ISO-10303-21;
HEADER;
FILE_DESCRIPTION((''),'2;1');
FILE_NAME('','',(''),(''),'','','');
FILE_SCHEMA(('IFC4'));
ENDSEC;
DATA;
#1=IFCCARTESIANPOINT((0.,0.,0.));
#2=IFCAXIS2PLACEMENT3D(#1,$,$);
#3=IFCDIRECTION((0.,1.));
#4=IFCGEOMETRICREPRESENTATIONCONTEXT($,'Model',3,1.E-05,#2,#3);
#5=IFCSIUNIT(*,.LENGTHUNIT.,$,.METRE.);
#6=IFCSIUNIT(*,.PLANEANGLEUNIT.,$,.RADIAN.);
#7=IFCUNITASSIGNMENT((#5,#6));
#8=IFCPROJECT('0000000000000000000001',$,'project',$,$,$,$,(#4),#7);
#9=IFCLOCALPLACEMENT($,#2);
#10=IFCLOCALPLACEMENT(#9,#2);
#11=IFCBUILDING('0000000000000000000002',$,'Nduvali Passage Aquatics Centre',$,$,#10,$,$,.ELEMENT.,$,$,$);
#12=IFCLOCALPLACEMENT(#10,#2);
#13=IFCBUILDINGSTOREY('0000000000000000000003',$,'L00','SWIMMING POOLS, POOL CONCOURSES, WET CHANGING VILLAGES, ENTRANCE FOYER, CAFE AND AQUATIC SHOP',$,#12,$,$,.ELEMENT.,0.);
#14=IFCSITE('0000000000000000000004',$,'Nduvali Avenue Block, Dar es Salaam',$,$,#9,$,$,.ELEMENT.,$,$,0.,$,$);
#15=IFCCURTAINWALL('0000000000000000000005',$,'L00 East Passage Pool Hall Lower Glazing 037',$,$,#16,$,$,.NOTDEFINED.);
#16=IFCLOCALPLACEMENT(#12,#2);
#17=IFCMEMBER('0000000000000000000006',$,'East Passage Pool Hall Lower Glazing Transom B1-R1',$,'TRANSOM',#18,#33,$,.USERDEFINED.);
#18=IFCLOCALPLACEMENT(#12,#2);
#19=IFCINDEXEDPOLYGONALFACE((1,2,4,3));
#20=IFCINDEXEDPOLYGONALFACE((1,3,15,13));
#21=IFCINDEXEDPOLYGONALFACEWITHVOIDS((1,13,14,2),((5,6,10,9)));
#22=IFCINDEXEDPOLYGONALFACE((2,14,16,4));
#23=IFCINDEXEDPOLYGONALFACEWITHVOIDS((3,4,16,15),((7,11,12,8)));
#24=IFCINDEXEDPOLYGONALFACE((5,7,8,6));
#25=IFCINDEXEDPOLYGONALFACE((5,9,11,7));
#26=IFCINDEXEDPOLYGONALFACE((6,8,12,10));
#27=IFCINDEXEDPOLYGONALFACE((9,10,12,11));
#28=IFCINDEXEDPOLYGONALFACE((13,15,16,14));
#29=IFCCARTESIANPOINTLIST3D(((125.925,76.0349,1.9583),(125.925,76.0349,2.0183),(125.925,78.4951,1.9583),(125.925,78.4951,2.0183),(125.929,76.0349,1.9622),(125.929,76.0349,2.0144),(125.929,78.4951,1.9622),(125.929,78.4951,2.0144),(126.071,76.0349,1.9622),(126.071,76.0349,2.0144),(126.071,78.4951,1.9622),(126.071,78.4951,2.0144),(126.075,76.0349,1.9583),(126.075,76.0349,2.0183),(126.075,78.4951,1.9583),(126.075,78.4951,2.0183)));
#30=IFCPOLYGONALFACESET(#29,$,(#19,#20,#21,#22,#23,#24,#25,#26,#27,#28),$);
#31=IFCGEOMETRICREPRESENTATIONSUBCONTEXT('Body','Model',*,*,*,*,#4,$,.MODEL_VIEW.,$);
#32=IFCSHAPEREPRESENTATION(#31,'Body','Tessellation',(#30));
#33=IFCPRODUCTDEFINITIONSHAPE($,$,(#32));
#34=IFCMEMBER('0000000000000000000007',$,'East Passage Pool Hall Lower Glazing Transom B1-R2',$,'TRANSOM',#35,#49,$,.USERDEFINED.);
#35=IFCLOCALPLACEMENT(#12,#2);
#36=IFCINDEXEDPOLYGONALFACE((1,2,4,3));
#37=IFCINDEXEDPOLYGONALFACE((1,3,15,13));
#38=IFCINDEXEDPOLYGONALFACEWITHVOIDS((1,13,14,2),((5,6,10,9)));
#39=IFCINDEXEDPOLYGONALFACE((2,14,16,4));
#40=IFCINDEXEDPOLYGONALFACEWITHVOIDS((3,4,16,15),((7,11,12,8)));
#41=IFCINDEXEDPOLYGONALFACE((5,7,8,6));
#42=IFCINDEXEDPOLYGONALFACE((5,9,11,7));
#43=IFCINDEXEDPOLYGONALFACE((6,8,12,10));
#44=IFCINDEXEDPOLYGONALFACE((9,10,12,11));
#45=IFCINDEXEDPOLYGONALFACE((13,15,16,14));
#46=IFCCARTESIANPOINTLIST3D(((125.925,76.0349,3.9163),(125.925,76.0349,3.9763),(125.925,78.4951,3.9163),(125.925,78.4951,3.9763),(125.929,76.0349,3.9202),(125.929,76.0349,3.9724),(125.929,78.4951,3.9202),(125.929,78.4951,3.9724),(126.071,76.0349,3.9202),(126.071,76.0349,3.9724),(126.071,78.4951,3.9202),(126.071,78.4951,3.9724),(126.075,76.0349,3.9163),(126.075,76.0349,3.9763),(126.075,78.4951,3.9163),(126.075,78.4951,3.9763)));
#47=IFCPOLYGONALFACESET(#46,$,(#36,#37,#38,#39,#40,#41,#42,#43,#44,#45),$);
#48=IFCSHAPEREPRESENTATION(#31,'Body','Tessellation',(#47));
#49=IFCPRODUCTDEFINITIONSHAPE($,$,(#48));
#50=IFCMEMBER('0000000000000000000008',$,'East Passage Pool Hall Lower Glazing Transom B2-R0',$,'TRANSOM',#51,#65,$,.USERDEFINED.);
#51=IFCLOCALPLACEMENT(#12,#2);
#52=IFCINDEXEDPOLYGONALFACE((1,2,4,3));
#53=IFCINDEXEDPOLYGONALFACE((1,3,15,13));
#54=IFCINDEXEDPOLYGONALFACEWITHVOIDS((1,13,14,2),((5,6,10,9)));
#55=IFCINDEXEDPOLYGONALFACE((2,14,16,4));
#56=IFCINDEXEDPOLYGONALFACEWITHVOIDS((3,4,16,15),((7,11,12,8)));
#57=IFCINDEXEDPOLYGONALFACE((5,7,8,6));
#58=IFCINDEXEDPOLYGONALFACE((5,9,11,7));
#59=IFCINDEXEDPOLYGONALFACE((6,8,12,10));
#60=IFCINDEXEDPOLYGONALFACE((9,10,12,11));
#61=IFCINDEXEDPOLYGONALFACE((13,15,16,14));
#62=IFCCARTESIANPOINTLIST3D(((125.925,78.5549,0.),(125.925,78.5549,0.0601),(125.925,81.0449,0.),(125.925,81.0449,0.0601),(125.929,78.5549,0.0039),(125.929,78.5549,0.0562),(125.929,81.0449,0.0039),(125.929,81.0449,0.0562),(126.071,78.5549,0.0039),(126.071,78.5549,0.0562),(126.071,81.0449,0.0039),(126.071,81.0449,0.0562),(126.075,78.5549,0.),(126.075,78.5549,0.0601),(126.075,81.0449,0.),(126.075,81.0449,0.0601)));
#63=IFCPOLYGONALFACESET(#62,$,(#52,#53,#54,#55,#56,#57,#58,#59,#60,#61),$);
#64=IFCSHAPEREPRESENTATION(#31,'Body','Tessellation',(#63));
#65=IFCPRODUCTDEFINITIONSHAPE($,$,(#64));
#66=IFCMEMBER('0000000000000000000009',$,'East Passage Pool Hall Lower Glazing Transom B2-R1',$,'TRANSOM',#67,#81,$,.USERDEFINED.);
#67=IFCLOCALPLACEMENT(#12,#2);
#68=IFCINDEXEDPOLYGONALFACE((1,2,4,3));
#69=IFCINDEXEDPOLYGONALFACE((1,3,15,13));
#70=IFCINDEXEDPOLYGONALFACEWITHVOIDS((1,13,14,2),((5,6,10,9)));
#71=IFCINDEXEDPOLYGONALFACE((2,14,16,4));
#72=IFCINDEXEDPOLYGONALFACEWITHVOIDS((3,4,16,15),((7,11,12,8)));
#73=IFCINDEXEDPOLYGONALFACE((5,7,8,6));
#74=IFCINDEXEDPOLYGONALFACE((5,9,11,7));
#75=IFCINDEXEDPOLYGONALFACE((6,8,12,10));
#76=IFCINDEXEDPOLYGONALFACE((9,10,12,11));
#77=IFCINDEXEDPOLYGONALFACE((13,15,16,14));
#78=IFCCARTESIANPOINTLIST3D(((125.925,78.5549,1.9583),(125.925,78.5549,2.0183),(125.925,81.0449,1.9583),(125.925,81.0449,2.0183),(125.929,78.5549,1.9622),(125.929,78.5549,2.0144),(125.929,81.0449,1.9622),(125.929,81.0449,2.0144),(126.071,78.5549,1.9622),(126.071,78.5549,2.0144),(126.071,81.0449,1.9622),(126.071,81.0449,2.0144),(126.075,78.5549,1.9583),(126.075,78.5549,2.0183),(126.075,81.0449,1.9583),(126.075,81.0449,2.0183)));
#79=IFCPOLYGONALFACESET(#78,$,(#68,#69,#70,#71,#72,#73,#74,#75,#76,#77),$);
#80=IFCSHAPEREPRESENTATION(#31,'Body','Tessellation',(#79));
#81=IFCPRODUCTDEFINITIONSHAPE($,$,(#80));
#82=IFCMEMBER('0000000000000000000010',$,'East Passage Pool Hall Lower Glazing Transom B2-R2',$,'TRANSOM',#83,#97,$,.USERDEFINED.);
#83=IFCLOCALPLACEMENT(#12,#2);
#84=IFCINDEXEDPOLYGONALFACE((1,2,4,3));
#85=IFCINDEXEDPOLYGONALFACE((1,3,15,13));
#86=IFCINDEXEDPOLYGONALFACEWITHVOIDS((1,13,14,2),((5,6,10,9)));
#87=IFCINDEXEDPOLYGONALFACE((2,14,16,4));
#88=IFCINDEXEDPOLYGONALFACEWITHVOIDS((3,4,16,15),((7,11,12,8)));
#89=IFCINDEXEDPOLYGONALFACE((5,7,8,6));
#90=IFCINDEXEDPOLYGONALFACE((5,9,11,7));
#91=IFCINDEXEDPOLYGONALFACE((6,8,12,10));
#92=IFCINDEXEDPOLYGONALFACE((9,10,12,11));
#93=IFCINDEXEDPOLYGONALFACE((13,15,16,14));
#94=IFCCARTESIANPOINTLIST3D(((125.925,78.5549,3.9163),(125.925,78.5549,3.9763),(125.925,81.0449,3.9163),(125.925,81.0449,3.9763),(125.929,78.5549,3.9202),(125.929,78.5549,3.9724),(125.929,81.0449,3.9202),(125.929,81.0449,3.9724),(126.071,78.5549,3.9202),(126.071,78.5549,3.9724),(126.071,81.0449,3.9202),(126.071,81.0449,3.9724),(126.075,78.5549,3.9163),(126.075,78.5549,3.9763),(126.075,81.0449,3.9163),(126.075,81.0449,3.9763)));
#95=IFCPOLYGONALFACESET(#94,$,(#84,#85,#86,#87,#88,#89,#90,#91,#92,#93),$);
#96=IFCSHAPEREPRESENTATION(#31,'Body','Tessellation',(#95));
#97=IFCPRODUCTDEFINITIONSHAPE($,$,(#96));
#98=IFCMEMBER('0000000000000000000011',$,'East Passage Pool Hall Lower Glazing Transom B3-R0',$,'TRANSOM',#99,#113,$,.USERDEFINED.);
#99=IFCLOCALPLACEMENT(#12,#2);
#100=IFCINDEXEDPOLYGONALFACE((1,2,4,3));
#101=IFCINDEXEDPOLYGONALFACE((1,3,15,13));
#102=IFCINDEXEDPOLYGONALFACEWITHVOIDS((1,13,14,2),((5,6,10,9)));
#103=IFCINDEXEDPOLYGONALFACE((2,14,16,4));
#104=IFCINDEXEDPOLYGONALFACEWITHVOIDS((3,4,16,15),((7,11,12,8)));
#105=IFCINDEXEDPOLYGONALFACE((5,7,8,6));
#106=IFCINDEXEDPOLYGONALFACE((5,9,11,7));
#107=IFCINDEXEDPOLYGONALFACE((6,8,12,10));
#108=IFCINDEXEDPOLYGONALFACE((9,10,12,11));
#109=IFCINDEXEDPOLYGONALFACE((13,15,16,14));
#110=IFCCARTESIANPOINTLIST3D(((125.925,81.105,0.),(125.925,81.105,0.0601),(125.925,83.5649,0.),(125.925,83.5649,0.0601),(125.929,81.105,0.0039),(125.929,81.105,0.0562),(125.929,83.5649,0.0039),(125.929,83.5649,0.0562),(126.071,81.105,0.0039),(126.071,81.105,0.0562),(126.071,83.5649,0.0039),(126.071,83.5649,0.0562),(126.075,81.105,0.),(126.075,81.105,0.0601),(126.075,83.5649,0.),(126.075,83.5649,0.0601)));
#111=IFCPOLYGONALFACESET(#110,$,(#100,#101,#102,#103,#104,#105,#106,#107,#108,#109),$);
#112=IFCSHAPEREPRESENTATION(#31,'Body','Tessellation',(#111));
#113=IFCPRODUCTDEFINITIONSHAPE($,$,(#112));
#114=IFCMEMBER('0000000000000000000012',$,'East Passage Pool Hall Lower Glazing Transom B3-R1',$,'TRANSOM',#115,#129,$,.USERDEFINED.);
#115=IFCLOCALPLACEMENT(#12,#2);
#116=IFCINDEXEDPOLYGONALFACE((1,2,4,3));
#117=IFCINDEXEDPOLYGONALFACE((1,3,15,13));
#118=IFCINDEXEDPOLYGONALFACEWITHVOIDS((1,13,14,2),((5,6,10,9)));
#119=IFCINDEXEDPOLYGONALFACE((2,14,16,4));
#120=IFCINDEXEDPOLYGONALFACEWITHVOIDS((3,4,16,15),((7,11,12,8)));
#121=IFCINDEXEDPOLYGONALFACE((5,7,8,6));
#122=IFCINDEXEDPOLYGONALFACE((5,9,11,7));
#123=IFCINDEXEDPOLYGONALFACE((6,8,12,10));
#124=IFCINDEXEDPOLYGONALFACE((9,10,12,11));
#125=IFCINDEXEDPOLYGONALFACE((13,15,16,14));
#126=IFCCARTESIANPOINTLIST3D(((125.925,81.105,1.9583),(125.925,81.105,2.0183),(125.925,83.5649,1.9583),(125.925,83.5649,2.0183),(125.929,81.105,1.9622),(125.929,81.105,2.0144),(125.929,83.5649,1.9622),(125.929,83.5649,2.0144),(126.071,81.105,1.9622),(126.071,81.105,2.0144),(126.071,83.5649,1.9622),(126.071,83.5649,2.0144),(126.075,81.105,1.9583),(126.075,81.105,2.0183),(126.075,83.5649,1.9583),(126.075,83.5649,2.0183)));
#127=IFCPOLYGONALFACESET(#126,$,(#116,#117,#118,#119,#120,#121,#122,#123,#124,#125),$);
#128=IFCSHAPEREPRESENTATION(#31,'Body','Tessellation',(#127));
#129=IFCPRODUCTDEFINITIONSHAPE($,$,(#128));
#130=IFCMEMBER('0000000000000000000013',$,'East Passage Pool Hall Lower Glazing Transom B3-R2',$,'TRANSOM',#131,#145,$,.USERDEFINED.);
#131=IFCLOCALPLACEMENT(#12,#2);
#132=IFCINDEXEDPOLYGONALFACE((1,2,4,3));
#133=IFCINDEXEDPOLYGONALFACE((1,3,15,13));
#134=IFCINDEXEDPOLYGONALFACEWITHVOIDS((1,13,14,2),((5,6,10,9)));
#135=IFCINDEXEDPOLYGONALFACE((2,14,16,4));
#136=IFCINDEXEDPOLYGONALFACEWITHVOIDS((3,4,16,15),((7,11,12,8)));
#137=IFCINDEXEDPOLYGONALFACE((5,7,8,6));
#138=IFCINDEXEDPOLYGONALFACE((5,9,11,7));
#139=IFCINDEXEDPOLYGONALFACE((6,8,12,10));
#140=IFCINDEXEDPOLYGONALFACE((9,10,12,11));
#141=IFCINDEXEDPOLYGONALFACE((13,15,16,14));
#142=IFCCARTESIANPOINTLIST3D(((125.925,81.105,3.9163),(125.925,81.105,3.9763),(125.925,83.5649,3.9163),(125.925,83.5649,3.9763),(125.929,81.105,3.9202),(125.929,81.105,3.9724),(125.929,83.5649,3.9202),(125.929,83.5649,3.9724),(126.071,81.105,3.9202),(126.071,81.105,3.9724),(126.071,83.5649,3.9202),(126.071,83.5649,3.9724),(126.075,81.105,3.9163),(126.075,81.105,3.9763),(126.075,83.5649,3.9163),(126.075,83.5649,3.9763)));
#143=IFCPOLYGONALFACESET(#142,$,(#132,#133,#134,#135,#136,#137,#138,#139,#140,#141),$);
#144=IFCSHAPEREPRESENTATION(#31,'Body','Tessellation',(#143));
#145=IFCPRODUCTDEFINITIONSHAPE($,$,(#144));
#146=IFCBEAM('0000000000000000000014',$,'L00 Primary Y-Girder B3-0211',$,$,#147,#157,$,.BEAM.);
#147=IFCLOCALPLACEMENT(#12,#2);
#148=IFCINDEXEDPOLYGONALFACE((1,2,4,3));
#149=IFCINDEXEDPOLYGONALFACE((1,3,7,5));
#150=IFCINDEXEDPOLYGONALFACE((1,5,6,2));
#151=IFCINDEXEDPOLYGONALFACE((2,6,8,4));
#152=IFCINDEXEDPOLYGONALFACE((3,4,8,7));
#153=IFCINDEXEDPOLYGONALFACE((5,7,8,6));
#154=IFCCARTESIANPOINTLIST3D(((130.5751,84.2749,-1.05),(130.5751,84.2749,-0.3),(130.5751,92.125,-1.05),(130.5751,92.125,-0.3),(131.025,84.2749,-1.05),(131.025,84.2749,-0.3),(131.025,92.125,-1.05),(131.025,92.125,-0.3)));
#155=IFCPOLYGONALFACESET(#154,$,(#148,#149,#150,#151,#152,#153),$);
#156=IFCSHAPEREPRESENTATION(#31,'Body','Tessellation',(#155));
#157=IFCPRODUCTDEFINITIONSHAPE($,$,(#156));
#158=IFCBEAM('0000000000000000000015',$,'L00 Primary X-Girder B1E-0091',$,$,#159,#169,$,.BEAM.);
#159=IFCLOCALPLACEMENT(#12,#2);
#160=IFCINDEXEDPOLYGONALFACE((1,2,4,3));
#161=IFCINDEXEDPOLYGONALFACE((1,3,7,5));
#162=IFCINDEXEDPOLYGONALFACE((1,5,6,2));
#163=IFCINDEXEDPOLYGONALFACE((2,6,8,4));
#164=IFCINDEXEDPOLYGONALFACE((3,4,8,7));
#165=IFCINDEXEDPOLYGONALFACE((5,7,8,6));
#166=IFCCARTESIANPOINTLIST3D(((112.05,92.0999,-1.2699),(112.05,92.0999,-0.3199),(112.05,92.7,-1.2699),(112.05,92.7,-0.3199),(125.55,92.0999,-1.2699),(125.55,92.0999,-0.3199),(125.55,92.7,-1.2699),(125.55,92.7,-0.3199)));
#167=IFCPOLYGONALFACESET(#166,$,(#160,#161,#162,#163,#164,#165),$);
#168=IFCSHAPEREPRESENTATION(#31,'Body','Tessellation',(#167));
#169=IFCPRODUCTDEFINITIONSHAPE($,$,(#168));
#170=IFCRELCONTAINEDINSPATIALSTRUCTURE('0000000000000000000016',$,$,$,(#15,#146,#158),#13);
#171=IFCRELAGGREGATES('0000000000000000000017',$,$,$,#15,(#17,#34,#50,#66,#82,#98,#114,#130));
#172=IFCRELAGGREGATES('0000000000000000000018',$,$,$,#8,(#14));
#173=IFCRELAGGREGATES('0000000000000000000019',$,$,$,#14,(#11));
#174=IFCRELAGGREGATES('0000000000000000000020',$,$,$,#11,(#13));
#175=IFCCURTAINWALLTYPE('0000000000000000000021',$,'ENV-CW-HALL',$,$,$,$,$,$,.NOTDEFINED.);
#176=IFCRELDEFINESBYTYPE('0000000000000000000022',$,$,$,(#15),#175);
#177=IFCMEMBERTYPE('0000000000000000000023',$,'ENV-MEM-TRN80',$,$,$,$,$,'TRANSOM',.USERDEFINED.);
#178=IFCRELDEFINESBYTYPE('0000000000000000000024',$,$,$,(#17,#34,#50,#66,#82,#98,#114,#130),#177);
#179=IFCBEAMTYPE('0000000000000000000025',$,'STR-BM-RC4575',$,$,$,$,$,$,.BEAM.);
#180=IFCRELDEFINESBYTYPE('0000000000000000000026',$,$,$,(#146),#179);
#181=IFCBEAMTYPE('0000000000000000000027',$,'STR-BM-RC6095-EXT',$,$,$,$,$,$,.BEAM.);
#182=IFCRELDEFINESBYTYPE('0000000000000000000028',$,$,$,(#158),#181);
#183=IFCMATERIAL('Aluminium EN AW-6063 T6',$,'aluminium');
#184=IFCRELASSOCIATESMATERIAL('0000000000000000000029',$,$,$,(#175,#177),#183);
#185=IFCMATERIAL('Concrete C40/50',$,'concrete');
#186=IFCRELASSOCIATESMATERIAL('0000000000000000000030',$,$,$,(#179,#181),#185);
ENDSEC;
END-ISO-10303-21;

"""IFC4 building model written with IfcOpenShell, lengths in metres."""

from ifc_helpers import new_model, si_unit, direction, frame, origin, origin_2d, place, context, subcontext, project, spatial, rectangle, hollow_rectangle, extrude, material, material_profile, profile_set, type_object, element, aggregate, save


model = new_model("IFC4")

# Units and contexts
model_context = context("Model", 3, precision=1e-05, world=origin(), true_north=direction((0.0, 1.0)))
body_context = subcontext(model_context, "Body", "Model", "MODEL_VIEW")
ifc_project = project(units=[si_unit("LENGTHUNIT", "METRE"), si_unit("PLANEANGLEUNIT", "RADIAN")], contexts=[model_context])

# Site, building, storey
site_placement = place(None, origin())
site = spatial("IfcSite", under=ifc_project, at=site_placement, Name="Nduvali Avenue Block, Dar es Salaam", CompositionType="ELEMENT", RefElevation=0.0)
building_placement = place(site_placement, origin())
building = spatial("IfcBuilding", under=site, at=building_placement, Name="Nduvali Passage Aquatics Centre", CompositionType="ELEMENT")
storey_placement = place(building_placement, origin())
storey = spatial("IfcBuildingStorey", under=building, at=storey_placement, Name="L00", Description="SWIMMING POOLS, POOL CONCOURSES, WET CHANGING VILLAGES, ENTRANCE FOYER, CAFE AND AQUATIC SHOP", CompositionType="ELEMENT", Elevation=0.0)

# Shared definitions
ifc_material_1 = material(Name="Concrete C40/50", Category="concrete")

# Curtain wall, members
ifc_material_2 = material(Name="Aluminium EN AW-6063 T6", Category="aluminium")
curtain_wall_type = type_object("IfcCurtainWallType", Name="ENV-CW-HALL", PredefinedType="NOTDEFINED", material=ifc_material_2)
curtain_wall_placement = place(storey_placement, origin())
curtain_wall = element("IfcCurtainWall", 1, at=curtain_wall_placement, inside=storey, type_object=curtain_wall_type, Name="L00 East Passage Pool Hall Lower Glazing 037", PredefinedType="NOTDEFINED")
ifc_material_profile_1 = material_profile(ifc_material_2, hollow_rectangle(XDim=0.1499, YDim=0.0601, WallThickness=0.0039, at=origin_2d()), Name="ALU TRANSOM 150x60x4")
ifc_profile_set_1 = profile_set([ifc_material_profile_1], Name="Aluminium EN AW-6063 T6")
member_type_1 = type_object("IfcMemberType", Name="ENV-MEM-TRN80", ElementType="TRANSOM", PredefinedType="USERDEFINED", material=ifc_profile_set_1)
member_1_placement = place(storey_placement, frame((126.0, 76.0349, 1.9883), z_axis=(0.0, 1.0, 0.0), x_axis=(-1.0, 0.0, 0.0)))
member_1 = element("IfcMember", 2, at=member_1_placement, type_object=member_type_1, Name="East Passage Pool Hall Lower Glazing Transom B1-R1", ObjectType="TRANSOM", PredefinedType="USERDEFINED", context=body_context, shape_type="SweptSolid", body=[
    extrude(hollow_rectangle(XDim=0.1499, YDim=0.0601, WallThickness=0.0039, at=origin_2d()), origin(), (0.0, 0.0, 1.0), 2.4602),
])
member_2_placement = place(storey_placement, frame((126.0, 76.0349, 3.9463), z_axis=(0.0, 1.0, 0.0), x_axis=(-1.0, 0.0, 0.0)))
member_2 = element("IfcMember", 3, at=member_2_placement, type_object=member_type_1, Name="East Passage Pool Hall Lower Glazing Transom B1-R2", ObjectType="TRANSOM", PredefinedType="USERDEFINED", context=body_context, shape_type="SweptSolid", body=[
    extrude(hollow_rectangle(XDim=0.1499, YDim=0.0601, WallThickness=0.0039, at=origin_2d()), origin(), (0.0, 0.0, 1.0), 2.4602),
])
member_3_placement = place(storey_placement, frame((126.0, 78.5549, 0.03), z_axis=(0.0, 1.0, 0.0), x_axis=(-1.0, 0.0, 0.0)))
member_3 = element("IfcMember", 4, at=member_3_placement, type_object=member_type_1, Name="East Passage Pool Hall Lower Glazing Transom B2-R0", ObjectType="TRANSOM", PredefinedType="USERDEFINED", context=body_context, shape_type="SweptSolid", body=[
    extrude(hollow_rectangle(XDim=0.1499, YDim=0.0601, WallThickness=0.0039, at=origin_2d()), origin(), (0.0, 0.0, 1.0), 2.49),
])
member_4_placement = place(storey_placement, frame((126.0, 78.5549, 1.9883), z_axis=(0.0, 1.0, 0.0), x_axis=(-1.0, 0.0, 0.0)))
member_4 = element("IfcMember", 5, at=member_4_placement, type_object=member_type_1, Name="East Passage Pool Hall Lower Glazing Transom B2-R1", ObjectType="TRANSOM", PredefinedType="USERDEFINED", context=body_context, shape_type="SweptSolid", body=[
    extrude(hollow_rectangle(XDim=0.1499, YDim=0.0601, WallThickness=0.0039, at=origin_2d()), origin(), (0.0, 0.0, 1.0), 2.49),
])
member_5_placement = place(storey_placement, frame((126.0, 78.5549, 3.9463), z_axis=(0.0, 1.0, 0.0), x_axis=(-1.0, 0.0, 0.0)))
member_5 = element("IfcMember", 6, at=member_5_placement, type_object=member_type_1, Name="East Passage Pool Hall Lower Glazing Transom B2-R2", ObjectType="TRANSOM", PredefinedType="USERDEFINED", context=body_context, shape_type="SweptSolid", body=[
    extrude(hollow_rectangle(XDim=0.1499, YDim=0.0601, WallThickness=0.0039, at=origin_2d()), origin(), (0.0, 0.0, 1.0), 2.49),
])
member_6_placement = place(storey_placement, frame((126.0, 81.105, 0.03), z_axis=(0.0, 1.0, 0.0), x_axis=(-1.0, 0.0, 0.0)))
member_6 = element("IfcMember", 7, at=member_6_placement, type_object=member_type_1, Name="East Passage Pool Hall Lower Glazing Transom B3-R0", ObjectType="TRANSOM", PredefinedType="USERDEFINED", context=body_context, shape_type="SweptSolid", body=[
    extrude(hollow_rectangle(XDim=0.1499, YDim=0.0601, WallThickness=0.0039, at=origin_2d()), origin(), (0.0, 0.0, 1.0), 2.46),
])
member_7_placement = place(storey_placement, frame((126.0, 81.105, 1.9883), z_axis=(0.0, 1.0, 0.0), x_axis=(-1.0, 0.0, 0.0)))
member_7 = element("IfcMember", 8, at=member_7_placement, type_object=member_type_1, Name="East Passage Pool Hall Lower Glazing Transom B3-R1", ObjectType="TRANSOM", PredefinedType="USERDEFINED", context=body_context, shape_type="SweptSolid", body=[
    extrude(hollow_rectangle(XDim=0.1499, YDim=0.0601, WallThickness=0.0039, at=origin_2d()), origin(), (0.0, 0.0, 1.0), 2.46),
])
member_8_placement = place(storey_placement, frame((126.0, 81.105, 3.9463), z_axis=(0.0, 1.0, 0.0), x_axis=(-1.0, 0.0, 0.0)))
member_8 = element("IfcMember", 9, at=member_8_placement, type_object=member_type_1, Name="East Passage Pool Hall Lower Glazing Transom B3-R2", ObjectType="TRANSOM", PredefinedType="USERDEFINED", context=body_context, shape_type="SweptSolid", body=[
    extrude(hollow_rectangle(XDim=0.1499, YDim=0.0601, WallThickness=0.0039, at=origin_2d()), origin(), (0.0, 0.0, 1.0), 2.46),
])

# Beams
ifc_material_profile_2 = material_profile(ifc_material_1, rectangle(XDim=0.45, YDim=0.75, at=origin_2d()), Name="RC 450x750")
ifc_profile_set_2 = profile_set([ifc_material_profile_2], Name="Concrete C40/50")
beam_type_1 = type_object("IfcBeamType", Name="STR-BM-RC4575", PredefinedType="BEAM", material=ifc_profile_set_2)
beam_1_placement = place(storey_placement, frame((130.8, 84.2749, -0.675), z_axis=(0.0, 1.0, 0.0), x_axis=(-1.0, 0.0, 0.0)))
element("IfcBeam", 10, at=beam_1_placement, inside=storey, type_object=beam_type_1, Name="L00 Primary Y-Girder B3-0211", PredefinedType="BEAM", context=body_context, shape_type="SweptSolid", body=[
    extrude(rectangle(XDim=0.45, YDim=0.75, at=origin_2d()), origin(), (0.0, 0.0, 1.0), 7.8501),
])
ifc_material_profile_3 = material_profile(ifc_material_1, rectangle(XDim=0.6001, YDim=0.95, at=origin_2d()), Name="RC 600x950")
ifc_profile_set_3 = profile_set([ifc_material_profile_3], Name="Concrete C40/50")
beam_type_2 = type_object("IfcBeamType", Name="STR-BM-RC6095-EXT", PredefinedType="BEAM", material=ifc_profile_set_3)
beam_2_placement = place(storey_placement, frame((112.05, 92.3999, -0.7949), z_axis=(1.0, 0.0, 0.0), x_axis=(0.0, 1.0, 0.0)))
element("IfcBeam", 11, at=beam_2_placement, inside=storey, type_object=beam_type_2, Name="L00 Primary X-Girder B1E-0091", PredefinedType="BEAM", context=body_context, shape_type="SweptSolid", body=[
    extrude(rectangle(XDim=0.6001, YDim=0.95, at=origin_2d()), origin(), (0.0, 0.0, 1.0), 13.5),
])

aggregate(curtain_wall, [member_1, member_2, member_3, member_4, member_5, member_6, member_7, member_8])

save(model, "model.ifc")
